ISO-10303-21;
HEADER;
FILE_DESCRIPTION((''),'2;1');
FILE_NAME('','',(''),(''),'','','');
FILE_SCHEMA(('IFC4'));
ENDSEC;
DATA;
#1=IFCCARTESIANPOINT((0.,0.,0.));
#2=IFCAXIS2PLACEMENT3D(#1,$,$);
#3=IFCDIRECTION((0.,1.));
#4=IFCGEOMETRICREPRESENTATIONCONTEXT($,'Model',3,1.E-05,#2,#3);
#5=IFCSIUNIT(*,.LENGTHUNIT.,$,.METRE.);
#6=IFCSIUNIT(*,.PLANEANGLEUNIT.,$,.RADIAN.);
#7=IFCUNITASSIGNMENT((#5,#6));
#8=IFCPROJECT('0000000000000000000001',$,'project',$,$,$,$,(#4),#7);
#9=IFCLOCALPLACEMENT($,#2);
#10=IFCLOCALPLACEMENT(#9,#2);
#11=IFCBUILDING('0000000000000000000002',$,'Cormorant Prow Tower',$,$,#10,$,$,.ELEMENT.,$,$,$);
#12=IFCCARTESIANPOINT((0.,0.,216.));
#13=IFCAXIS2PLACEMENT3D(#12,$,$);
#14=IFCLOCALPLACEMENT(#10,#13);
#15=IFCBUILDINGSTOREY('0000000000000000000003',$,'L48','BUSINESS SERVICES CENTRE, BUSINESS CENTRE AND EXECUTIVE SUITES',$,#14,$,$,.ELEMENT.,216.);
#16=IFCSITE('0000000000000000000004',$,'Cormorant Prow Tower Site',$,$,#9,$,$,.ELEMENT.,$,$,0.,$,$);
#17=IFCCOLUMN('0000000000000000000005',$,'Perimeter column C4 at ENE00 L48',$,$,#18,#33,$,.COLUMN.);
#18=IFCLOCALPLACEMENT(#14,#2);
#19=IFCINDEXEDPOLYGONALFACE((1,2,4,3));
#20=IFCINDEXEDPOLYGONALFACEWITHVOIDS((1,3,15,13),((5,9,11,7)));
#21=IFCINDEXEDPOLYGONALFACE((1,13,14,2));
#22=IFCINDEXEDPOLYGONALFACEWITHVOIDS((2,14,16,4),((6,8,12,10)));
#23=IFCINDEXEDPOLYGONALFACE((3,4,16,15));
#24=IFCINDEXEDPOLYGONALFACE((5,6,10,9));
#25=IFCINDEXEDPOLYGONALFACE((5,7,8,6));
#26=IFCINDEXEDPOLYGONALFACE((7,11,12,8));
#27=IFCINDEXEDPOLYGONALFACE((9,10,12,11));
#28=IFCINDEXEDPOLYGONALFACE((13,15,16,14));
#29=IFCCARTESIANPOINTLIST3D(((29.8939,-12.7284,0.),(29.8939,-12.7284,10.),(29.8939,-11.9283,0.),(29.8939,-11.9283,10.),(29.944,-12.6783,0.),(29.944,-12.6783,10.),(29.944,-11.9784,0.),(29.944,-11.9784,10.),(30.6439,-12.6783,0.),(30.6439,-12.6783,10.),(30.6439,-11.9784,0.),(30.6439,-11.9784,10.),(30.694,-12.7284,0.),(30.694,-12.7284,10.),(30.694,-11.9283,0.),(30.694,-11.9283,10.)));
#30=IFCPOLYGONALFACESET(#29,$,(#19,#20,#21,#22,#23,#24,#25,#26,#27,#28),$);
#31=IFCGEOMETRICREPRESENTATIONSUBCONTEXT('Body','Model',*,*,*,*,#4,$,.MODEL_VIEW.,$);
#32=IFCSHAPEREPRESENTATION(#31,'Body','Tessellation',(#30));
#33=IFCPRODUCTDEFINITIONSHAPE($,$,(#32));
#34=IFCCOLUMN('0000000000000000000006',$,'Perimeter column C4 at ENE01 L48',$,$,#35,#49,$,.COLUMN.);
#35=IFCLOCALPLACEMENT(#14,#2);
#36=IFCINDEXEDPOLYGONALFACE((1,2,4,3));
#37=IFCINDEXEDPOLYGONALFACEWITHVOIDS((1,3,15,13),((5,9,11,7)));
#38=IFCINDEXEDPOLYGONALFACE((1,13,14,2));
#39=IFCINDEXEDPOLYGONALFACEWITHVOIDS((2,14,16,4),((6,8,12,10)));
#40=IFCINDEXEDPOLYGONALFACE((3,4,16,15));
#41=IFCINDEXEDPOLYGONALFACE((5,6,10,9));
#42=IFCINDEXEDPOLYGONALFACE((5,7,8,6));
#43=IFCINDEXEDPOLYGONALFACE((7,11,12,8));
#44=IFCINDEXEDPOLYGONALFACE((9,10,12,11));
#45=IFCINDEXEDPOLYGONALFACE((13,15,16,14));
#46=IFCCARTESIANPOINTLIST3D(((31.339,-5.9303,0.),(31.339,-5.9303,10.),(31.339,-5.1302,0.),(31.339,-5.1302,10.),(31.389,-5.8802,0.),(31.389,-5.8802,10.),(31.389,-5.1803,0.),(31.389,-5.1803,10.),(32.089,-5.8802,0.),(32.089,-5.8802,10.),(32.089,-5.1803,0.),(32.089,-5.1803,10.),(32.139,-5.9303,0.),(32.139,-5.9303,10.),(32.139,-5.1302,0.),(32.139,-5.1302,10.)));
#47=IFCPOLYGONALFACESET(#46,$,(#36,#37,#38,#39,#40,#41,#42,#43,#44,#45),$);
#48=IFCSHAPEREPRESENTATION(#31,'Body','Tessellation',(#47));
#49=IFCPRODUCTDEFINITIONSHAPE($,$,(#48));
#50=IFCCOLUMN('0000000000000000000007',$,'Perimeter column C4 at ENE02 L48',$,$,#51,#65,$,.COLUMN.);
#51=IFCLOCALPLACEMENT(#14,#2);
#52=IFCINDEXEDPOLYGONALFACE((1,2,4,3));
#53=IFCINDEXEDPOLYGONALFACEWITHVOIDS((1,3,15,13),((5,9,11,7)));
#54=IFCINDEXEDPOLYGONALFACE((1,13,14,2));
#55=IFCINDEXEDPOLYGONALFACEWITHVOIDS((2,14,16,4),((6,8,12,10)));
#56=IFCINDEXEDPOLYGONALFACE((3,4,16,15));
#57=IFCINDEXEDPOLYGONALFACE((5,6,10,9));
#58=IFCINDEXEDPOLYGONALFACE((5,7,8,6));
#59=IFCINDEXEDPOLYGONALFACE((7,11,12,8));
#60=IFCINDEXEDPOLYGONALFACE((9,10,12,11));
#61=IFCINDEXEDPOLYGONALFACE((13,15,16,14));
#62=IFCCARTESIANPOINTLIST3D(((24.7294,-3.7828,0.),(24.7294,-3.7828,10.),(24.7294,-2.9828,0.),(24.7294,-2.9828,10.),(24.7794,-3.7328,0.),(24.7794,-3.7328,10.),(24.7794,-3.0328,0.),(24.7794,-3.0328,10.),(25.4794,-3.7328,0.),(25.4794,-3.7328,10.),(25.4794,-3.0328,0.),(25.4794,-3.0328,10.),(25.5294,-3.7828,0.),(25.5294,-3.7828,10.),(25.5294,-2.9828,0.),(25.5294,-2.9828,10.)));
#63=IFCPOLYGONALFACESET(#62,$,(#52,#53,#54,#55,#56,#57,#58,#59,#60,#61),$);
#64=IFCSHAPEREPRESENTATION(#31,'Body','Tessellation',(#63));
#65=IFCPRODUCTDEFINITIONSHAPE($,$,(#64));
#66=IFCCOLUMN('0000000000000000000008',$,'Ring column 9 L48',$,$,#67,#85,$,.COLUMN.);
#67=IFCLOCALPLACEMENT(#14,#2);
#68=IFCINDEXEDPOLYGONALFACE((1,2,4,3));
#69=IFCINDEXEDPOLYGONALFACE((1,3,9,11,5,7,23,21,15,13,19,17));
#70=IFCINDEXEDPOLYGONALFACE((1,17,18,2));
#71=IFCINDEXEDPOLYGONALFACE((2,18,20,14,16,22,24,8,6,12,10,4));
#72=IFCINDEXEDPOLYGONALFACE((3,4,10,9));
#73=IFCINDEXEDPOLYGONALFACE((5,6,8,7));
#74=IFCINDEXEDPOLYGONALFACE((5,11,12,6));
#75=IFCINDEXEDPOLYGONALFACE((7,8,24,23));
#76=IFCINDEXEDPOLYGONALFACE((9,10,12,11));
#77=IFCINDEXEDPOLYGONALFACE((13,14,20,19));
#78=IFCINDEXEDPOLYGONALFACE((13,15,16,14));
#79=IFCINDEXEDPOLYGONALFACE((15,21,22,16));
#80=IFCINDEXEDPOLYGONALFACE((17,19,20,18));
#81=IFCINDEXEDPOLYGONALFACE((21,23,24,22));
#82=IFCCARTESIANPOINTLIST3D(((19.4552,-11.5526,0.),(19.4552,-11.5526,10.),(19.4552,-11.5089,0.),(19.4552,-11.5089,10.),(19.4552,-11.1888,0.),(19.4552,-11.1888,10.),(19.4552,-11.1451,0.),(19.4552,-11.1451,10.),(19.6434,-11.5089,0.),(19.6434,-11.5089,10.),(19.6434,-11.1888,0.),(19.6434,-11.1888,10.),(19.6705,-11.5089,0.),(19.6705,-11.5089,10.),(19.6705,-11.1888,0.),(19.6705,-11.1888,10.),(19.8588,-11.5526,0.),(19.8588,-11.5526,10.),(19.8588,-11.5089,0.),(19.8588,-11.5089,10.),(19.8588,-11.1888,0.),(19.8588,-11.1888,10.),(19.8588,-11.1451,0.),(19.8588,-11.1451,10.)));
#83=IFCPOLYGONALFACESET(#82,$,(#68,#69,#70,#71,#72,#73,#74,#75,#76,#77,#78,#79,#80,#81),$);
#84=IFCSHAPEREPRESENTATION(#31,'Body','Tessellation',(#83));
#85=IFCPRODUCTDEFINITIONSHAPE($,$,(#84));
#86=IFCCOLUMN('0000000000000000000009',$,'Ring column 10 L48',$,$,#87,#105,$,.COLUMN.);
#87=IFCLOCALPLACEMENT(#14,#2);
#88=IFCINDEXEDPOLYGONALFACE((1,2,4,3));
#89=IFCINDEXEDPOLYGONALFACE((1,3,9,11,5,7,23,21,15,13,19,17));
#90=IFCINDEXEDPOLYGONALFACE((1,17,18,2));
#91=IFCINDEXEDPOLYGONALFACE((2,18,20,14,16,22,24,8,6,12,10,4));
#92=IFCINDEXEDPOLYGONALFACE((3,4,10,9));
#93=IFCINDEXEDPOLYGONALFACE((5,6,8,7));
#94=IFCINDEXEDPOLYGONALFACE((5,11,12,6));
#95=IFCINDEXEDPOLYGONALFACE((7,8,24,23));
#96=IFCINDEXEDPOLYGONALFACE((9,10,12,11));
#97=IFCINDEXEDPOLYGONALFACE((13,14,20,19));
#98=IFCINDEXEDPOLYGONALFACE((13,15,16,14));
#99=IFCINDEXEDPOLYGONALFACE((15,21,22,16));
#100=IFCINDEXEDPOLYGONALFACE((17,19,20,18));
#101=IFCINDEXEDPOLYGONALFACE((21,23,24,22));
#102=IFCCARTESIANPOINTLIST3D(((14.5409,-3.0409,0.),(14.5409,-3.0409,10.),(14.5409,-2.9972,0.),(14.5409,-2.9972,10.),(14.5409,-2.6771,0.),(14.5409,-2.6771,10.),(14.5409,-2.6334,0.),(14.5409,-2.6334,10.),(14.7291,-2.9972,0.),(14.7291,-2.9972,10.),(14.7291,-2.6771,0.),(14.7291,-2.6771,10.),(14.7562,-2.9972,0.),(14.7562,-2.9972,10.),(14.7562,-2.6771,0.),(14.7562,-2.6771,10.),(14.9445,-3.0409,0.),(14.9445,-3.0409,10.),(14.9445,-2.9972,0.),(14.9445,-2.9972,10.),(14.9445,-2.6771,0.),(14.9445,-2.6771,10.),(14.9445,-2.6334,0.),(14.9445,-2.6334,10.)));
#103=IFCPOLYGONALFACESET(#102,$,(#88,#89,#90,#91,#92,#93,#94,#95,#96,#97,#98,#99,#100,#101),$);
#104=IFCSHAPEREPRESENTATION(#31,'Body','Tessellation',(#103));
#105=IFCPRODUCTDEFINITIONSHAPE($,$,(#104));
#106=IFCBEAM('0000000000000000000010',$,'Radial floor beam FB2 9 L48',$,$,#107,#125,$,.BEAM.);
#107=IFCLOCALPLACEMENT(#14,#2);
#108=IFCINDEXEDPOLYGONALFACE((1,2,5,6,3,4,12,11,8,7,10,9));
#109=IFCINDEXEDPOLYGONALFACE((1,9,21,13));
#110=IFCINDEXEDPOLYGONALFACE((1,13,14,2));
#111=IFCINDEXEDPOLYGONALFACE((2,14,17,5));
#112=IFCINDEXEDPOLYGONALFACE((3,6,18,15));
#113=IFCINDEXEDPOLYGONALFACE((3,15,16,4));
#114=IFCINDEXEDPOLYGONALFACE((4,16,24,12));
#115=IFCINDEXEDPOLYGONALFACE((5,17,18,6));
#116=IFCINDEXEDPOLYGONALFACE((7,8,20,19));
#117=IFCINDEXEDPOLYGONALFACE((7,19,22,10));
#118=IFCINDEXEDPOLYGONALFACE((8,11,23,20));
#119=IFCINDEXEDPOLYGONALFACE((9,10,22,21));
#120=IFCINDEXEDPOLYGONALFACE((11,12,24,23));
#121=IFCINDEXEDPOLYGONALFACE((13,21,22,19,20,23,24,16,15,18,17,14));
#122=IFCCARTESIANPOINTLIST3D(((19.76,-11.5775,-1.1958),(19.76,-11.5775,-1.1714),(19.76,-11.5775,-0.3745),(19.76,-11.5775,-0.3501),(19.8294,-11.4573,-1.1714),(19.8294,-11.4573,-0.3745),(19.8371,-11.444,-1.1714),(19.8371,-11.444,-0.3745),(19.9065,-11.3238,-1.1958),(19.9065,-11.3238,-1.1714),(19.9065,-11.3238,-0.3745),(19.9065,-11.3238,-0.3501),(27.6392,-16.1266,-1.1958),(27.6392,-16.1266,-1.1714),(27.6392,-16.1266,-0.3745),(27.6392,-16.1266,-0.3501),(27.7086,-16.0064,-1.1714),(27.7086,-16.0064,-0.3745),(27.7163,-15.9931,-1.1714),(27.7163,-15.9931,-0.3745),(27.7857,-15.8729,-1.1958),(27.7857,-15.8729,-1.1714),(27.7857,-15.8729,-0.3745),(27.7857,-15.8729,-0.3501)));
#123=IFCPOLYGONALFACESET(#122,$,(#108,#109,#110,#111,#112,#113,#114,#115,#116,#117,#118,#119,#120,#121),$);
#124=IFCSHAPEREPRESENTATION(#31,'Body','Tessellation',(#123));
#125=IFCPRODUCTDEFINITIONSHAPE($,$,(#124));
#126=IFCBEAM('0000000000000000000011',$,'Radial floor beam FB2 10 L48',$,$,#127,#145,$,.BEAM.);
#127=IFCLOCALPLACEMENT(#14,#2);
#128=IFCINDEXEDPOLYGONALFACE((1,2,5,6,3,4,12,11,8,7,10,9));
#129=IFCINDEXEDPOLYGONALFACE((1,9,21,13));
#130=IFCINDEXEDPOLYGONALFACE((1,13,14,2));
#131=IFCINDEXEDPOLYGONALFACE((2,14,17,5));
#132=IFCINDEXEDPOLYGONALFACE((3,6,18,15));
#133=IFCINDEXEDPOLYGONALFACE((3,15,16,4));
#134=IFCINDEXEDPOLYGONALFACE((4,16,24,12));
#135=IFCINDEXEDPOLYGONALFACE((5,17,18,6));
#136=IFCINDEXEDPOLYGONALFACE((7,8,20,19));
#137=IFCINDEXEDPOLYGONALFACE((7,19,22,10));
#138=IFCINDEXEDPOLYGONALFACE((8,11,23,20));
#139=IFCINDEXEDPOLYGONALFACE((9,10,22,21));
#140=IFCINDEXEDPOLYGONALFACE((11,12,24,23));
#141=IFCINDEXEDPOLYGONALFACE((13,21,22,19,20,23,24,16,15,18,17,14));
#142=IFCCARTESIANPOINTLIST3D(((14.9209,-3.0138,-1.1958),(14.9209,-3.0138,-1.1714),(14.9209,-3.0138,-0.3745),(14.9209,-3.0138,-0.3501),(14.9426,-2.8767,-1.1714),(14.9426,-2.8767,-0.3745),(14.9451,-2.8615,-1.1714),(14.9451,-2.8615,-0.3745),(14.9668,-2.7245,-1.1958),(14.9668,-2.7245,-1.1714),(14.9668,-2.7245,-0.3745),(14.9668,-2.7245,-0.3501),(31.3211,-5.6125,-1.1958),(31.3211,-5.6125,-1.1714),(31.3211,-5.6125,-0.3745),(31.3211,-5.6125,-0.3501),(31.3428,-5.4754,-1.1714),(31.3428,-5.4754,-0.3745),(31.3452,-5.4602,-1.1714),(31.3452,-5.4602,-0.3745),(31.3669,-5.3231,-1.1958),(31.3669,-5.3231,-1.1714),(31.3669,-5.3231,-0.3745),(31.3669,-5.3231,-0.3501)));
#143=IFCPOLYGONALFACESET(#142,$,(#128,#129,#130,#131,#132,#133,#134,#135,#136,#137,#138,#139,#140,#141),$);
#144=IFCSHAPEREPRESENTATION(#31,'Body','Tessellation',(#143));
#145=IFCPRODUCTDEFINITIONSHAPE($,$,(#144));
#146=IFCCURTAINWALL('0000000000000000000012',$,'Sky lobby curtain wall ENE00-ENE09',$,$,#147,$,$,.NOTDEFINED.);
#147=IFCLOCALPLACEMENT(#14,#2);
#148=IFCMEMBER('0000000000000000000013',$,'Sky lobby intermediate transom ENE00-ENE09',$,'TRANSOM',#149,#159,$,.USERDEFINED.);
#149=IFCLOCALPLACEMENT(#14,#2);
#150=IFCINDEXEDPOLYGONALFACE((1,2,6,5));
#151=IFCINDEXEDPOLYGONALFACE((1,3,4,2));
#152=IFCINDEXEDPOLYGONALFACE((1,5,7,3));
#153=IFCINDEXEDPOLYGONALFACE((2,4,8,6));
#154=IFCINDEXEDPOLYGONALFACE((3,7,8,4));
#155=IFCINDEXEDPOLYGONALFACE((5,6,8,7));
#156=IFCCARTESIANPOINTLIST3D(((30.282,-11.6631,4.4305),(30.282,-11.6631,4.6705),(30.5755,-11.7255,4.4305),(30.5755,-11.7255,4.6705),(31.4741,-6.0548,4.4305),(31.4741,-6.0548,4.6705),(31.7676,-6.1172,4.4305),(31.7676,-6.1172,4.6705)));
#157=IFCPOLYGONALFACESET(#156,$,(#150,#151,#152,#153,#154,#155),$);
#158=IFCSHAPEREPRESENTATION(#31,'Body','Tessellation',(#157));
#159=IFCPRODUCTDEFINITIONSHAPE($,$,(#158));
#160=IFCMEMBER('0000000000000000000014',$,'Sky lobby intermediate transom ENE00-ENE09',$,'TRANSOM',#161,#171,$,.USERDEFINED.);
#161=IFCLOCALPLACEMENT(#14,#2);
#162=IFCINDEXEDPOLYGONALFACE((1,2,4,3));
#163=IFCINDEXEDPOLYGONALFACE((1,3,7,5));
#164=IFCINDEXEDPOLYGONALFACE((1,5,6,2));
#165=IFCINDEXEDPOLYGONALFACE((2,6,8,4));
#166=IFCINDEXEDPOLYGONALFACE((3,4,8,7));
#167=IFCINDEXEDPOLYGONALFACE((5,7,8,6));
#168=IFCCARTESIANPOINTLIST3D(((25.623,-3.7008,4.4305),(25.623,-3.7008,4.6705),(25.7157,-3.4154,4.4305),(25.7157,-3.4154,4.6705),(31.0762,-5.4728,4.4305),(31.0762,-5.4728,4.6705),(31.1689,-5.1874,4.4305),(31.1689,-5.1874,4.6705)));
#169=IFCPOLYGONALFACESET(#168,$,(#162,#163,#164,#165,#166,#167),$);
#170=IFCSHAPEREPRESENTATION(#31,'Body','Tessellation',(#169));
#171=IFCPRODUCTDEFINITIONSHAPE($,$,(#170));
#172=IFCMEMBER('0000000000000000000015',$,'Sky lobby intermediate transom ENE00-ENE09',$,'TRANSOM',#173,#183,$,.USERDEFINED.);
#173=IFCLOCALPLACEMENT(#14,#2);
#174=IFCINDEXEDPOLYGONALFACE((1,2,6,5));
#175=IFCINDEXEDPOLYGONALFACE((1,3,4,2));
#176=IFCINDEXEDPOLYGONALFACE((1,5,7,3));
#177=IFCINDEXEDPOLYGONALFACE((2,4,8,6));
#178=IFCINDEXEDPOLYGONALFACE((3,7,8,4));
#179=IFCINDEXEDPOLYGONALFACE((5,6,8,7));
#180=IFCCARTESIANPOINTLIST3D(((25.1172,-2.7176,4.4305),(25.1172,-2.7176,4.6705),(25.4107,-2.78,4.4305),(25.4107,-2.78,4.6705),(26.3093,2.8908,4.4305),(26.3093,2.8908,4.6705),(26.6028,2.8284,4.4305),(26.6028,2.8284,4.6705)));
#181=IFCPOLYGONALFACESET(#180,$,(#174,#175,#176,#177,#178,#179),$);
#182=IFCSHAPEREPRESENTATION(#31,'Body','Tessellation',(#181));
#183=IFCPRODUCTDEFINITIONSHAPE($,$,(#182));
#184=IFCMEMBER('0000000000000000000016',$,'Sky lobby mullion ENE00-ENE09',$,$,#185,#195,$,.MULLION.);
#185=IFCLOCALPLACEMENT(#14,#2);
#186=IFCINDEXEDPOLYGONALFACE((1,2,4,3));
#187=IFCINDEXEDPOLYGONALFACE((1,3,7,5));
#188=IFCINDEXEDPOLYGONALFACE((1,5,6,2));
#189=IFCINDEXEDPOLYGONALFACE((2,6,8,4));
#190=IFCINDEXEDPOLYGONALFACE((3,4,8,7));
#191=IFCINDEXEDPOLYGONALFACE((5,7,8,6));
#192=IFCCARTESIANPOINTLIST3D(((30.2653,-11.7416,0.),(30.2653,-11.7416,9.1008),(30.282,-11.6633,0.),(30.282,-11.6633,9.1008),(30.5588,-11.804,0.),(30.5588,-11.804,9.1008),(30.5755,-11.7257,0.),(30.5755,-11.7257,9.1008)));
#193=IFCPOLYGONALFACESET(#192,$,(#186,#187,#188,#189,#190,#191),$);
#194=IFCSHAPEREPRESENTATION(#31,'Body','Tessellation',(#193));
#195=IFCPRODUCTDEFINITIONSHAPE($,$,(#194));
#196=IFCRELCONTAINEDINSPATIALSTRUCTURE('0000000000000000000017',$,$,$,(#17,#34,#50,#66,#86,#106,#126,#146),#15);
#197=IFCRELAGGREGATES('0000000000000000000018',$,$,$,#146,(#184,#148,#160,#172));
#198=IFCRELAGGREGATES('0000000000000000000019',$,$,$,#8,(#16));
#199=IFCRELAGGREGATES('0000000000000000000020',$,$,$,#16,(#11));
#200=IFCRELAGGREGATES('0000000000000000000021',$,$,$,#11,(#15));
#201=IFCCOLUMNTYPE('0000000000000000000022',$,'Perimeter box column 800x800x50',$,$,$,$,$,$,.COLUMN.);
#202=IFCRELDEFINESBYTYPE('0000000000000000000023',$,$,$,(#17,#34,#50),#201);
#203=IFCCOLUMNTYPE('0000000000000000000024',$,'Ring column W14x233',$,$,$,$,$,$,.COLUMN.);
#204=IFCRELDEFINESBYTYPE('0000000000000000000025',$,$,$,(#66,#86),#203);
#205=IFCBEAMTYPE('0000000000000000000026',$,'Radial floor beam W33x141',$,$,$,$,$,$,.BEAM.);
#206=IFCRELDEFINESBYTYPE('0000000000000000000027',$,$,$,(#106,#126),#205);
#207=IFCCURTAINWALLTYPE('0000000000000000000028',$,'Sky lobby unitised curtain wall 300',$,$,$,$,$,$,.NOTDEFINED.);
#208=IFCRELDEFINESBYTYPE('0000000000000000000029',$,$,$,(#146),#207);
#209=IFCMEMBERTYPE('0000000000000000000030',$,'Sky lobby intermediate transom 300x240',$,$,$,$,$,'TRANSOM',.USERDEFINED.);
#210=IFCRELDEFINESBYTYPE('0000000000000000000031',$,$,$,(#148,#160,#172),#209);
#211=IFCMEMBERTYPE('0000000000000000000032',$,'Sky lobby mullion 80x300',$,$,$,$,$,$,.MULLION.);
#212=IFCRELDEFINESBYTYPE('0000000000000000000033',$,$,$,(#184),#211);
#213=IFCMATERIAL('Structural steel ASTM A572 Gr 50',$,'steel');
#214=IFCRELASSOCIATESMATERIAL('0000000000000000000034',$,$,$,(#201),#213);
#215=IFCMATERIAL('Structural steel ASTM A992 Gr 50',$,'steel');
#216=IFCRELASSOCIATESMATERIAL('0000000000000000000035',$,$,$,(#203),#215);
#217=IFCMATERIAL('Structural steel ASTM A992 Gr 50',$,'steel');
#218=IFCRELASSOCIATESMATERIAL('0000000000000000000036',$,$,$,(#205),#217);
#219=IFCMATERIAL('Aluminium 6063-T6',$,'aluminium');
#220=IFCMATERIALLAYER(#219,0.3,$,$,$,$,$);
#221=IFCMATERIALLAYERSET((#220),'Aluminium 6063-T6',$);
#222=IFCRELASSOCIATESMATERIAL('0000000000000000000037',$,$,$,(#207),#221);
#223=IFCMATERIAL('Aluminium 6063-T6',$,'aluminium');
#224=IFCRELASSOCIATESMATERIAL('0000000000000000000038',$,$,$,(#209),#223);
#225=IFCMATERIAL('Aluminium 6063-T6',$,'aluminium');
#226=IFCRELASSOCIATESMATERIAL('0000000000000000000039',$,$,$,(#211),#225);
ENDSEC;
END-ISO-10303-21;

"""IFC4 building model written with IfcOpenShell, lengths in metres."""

from ifc_helpers import new_model, si_unit, direction, frame, origin, origin_2d, place, context, subcontext, project, spatial, rectangle, hollow_rectangle, i_section, extrude, material, layer, layer_set, material_profile, profile_set, type_object, element, aggregate, save


model = new_model("IFC4")

# Units and contexts
model_context = context("Model", 3, precision=1e-05, world=origin(), true_north=direction((0.0, 1.0)))
body_context = subcontext(model_context, "Body", "Model", "MODEL_VIEW")
ifc_project = project(units=[si_unit("LENGTHUNIT", "METRE"), si_unit("PLANEANGLEUNIT", "RADIAN")], contexts=[model_context])

# Site, building, storey
site_placement = place(None, origin())
site = spatial("IfcSite", under=ifc_project, at=site_placement, Name="Cormorant Prow Tower Site", CompositionType="ELEMENT", RefElevation=0.0)
building_placement = place(site_placement, origin())
building = spatial("IfcBuilding", under=site, at=building_placement, Name="Cormorant Prow Tower", CompositionType="ELEMENT")
storey_placement = place(building_placement, frame((0.0, 0.0, 216.0)))
storey = spatial("IfcBuildingStorey", under=building, at=storey_placement, Name="L48", Description="BUSINESS SERVICES CENTRE, BUSINESS CENTRE AND EXECUTIVE SUITES", CompositionType="ELEMENT", Elevation=216.0)

# Columns
ifc_material_1 = material(Name="Structural steel ASTM A572 Gr 50", Category="steel")
ifc_material_profile_1 = material_profile(ifc_material_1, hollow_rectangle(XDim=0.8, YDim=0.8, WallThickness=0.05, at=origin_2d()), Name="Box 800x800x50")
ifc_profile_set_1 = profile_set([ifc_material_profile_1], Name="Structural steel ASTM A572 Gr 50")
column_type_1 = type_object("IfcColumnType", Name="Perimeter box column 800x800x50", PredefinedType="COLUMN", material=ifc_profile_set_1)
for number, where, z_axis, x_axis, name in (
    (1, (30.2939, -12.3284, 0.0), (0.0, 0.0, 1.0), (1.0, 0.0, 0.0), "Perimeter column C4 at ENE00 L48"),
    (2, (31.739, -5.5303, 0.0), (0.0, 0.0, 1.0), (1.0, 0.0, 0.0), "Perimeter column C4 at ENE01 L48"),
    (3, (25.1294, -3.3828, 0.0), (0.0, 0.0, 1.0), (1.0, 0.0, 0.0), "Perimeter column C4 at ENE02 L48"),
):
    element("IfcColumn", number, at=place(storey_placement, frame(where, z_axis=z_axis, x_axis=x_axis)), inside=storey, type_object=column_type_1, Name=name, PredefinedType="COLUMN", context=body_context, shape_type="SweptSolid", body=[
        extrude(hollow_rectangle(XDim=0.8, YDim=0.8, WallThickness=0.05, at=origin_2d()), origin(), (0.0, 0.0, 1.0), 10.0),
    ])
ifc_material_2 = material(Name="Structural steel ASTM A992 Gr 50", Category="steel")
ifc_material_profile_2 = material_profile(ifc_material_2, i_section(OverallWidth=0.4036, OverallDepth=0.4075, WebThickness=0.0271, FlangeThickness=0.0437, at=origin_2d()), Name="W14x233")
ifc_profile_set_2 = profile_set([ifc_material_profile_2], Name="Structural steel ASTM A992 Gr 50")
column_type_2 = type_object("IfcColumnType", Name="Ring column W14x233", PredefinedType="COLUMN", material=ifc_profile_set_2)
for number, where, z_axis, x_axis, name in (
    (4, (19.657, -11.3489, 0.0), (0.0, 0.0, 1.0), (1.0, 0.0, 0.0), "Ring column 9 L48"),
    (5, (14.7427, -2.8372, 0.0), (0.0, 0.0, 1.0), (1.0, 0.0, 0.0), "Ring column 10 L48"),
):
    element("IfcColumn", number, at=place(storey_placement, frame(where, z_axis=z_axis, x_axis=x_axis)), inside=storey, type_object=column_type_2, Name=name, PredefinedType="COLUMN", context=body_context, shape_type="SweptSolid", body=[
        extrude(i_section(OverallWidth=0.4036, OverallDepth=0.4075, WebThickness=0.0271, FlangeThickness=0.0437, at=origin_2d()), origin(), (0.0, 0.0, 1.0), 10.0),
    ])

# Beams
ifc_material_3 = material(Name="Structural steel ASTM A992 Gr 50", Category="steel")
ifc_material_profile_3 = material_profile(ifc_material_3, i_section(OverallWidth=0.293, OverallDepth=0.8457, WebThickness=0.0154, FlangeThickness=0.0244, at=origin_2d()), Name="W33x141")
ifc_profile_set_3 = profile_set([ifc_material_profile_3], Name="Structural steel ASTM A992 Gr 50")
beam_type_1 = type_object("IfcBeamType", Name="Radial floor beam W33x141", PredefinedType="BEAM", material=ifc_profile_set_3)
beam_1_placement = place(storey_placement, frame((19.8333, -11.4507, -0.7729), z_axis=(0.866023, -0.500004, 0.0), x_axis=(0.500004, 0.866023, 0.0)))
element("IfcBeam", 6, at=beam_1_placement, inside=storey, type_object=beam_type_1, Name="Radial floor beam FB2 9 L48", PredefinedType="BEAM", context=body_context, shape_type="SweptSolid", body=[
    extrude(i_section(OverallWidth=0.293, OverallDepth=0.8457, WebThickness=0.0154, FlangeThickness=0.0244, at=origin_2d()), origin(), (0.0, 0.0, 1.0), 9.0981),
])
beam_2_placement = place(storey_placement, frame((14.9438, -2.8691, -0.7729), z_axis=(0.987678, -0.156499, 0.0), x_axis=(0.156499, 0.987678, 0.0)))
element("IfcBeam", 7, at=beam_2_placement, inside=storey, type_object=beam_type_1, Name="Radial floor beam FB2 10 L48", PredefinedType="BEAM", context=body_context, shape_type="SweptSolid", body=[
    extrude(i_section(OverallWidth=0.293, OverallDepth=0.8457, WebThickness=0.0154, FlangeThickness=0.0244, at=origin_2d()), origin(), (0.0, 0.0, 1.0), 16.6047),
])

# Curtain wall, members
ifc_material_4 = material(Name="Aluminium 6063-T6", Category="aluminium")
ifc_layer_1 = layer(ifc_material_4, 0.3)
ifc_layer_set_1 = layer_set([ifc_layer_1], Name="Aluminium 6063-T6")
curtain_wall_type = type_object("IfcCurtainWallType", Name="Sky lobby unitised curtain wall 300", PredefinedType="NOTDEFINED", material=ifc_layer_set_1)
curtain_wall_placement = place(storey_placement, origin())
curtain_wall = element("IfcCurtainWall", 8, at=curtain_wall_placement, inside=storey, type_object=curtain_wall_type, Name="Sky lobby curtain wall ENE00-ENE09", PredefinedType="NOTDEFINED")
ifc_material_5 = material(Name="Aluminium 6063-T6", Category="aluminium")
ifc_material_profile_4 = material_profile(ifc_material_5, rectangle(XDim=0.3, YDim=0.24, at=origin_2d()), Name="Sky lobby intermediate transom 300x240")
ifc_profile_set_4 = profile_set([ifc_material_profile_4], Name="Aluminium 6063-T6")
member_type_1 = type_object("IfcMemberType", Name="Sky lobby intermediate transom 300x240", ElementType="TRANSOM", PredefinedType="USERDEFINED", material=ifc_profile_set_4)
member_1_placement = place(storey_placement, frame((30.4287, -11.6943, 4.5505), z_axis=(0.207918, 0.978146, 0.0), x_axis=(-0.978146, 0.207918, 0.0)))
member_1 = element("IfcMember", 9, at=member_1_placement, type_object=member_type_1, Name="Sky lobby intermediate transom ENE00-ENE09", ObjectType="TRANSOM", PredefinedType="USERDEFINED", context=body_context, shape_type="SweptSolid", body=[
    extrude(rectangle(XDim=0.3, YDim=0.24, at=origin_2d()), origin(), (0.0, 0.0, 1.0), 5.7336),
])
member_2_placement = place(storey_placement, frame((31.1226, -5.3301, 4.5505), z_axis=(-0.951049, 0.30904, 0.0), x_axis=(-0.30904, -0.951049, 0.0)))
member_2 = element("IfcMember", 10, at=member_2_placement, type_object=member_type_1, Name="Sky lobby intermediate transom ENE00-ENE09", ObjectType="TRANSOM", PredefinedType="USERDEFINED", context=body_context, shape_type="SweptSolid", body=[
    extrude(rectangle(XDim=0.3, YDim=0.24, at=origin_2d()), origin(), (0.0, 0.0, 1.0), 5.7339),
])
member_3_placement = place(storey_placement, frame((25.2639, -2.7488, 4.5505), z_axis=(0.207918, 0.978146, 0.0), x_axis=(-0.978146, 0.207918, 0.0)))
member_3 = element("IfcMember", 11, at=member_3_placement, type_object=member_type_1, Name="Sky lobby intermediate transom ENE00-ENE09", ObjectType="TRANSOM", PredefinedType="USERDEFINED", context=body_context, shape_type="SweptSolid", body=[
    extrude(rectangle(XDim=0.3, YDim=0.24, at=origin_2d()), origin(), (0.0, 0.0, 1.0), 5.7336),
])
ifc_material_6 = material(Name="Aluminium 6063-T6", Category="aluminium")
ifc_material_profile_5 = material_profile(ifc_material_6, rectangle(XDim=0.3, YDim=0.0801, at=origin_2d()), Name="Sky lobby mullion 80x300")
ifc_profile_set_5 = profile_set([ifc_material_profile_5], Name="Aluminium 6063-T6")
member_type_2 = type_object("IfcMemberType", Name="Sky lobby mullion 80x300", PredefinedType="MULLION", material=ifc_profile_set_5)
member_4_placement = place(storey_placement, frame((30.4204, -11.7336, 0.0), z_axis=(0.0, 0.0, 1.0), x_axis=(-0.978148, 0.207912, 0.0)))
member_4 = element("IfcMember", 12, at=member_4_placement, type_object=member_type_2, Name="Sky lobby mullion ENE00-ENE09", PredefinedType="MULLION", context=body_context, shape_type="SweptSolid", body=[
    extrude(rectangle(XDim=0.3, YDim=0.0801, at=origin_2d()), origin(), (0.0, 0.0, 1.0), 9.1008),
])

aggregate(curtain_wall, [member_4, member_1, member_2, member_3])

save(model, "model.ifc")
